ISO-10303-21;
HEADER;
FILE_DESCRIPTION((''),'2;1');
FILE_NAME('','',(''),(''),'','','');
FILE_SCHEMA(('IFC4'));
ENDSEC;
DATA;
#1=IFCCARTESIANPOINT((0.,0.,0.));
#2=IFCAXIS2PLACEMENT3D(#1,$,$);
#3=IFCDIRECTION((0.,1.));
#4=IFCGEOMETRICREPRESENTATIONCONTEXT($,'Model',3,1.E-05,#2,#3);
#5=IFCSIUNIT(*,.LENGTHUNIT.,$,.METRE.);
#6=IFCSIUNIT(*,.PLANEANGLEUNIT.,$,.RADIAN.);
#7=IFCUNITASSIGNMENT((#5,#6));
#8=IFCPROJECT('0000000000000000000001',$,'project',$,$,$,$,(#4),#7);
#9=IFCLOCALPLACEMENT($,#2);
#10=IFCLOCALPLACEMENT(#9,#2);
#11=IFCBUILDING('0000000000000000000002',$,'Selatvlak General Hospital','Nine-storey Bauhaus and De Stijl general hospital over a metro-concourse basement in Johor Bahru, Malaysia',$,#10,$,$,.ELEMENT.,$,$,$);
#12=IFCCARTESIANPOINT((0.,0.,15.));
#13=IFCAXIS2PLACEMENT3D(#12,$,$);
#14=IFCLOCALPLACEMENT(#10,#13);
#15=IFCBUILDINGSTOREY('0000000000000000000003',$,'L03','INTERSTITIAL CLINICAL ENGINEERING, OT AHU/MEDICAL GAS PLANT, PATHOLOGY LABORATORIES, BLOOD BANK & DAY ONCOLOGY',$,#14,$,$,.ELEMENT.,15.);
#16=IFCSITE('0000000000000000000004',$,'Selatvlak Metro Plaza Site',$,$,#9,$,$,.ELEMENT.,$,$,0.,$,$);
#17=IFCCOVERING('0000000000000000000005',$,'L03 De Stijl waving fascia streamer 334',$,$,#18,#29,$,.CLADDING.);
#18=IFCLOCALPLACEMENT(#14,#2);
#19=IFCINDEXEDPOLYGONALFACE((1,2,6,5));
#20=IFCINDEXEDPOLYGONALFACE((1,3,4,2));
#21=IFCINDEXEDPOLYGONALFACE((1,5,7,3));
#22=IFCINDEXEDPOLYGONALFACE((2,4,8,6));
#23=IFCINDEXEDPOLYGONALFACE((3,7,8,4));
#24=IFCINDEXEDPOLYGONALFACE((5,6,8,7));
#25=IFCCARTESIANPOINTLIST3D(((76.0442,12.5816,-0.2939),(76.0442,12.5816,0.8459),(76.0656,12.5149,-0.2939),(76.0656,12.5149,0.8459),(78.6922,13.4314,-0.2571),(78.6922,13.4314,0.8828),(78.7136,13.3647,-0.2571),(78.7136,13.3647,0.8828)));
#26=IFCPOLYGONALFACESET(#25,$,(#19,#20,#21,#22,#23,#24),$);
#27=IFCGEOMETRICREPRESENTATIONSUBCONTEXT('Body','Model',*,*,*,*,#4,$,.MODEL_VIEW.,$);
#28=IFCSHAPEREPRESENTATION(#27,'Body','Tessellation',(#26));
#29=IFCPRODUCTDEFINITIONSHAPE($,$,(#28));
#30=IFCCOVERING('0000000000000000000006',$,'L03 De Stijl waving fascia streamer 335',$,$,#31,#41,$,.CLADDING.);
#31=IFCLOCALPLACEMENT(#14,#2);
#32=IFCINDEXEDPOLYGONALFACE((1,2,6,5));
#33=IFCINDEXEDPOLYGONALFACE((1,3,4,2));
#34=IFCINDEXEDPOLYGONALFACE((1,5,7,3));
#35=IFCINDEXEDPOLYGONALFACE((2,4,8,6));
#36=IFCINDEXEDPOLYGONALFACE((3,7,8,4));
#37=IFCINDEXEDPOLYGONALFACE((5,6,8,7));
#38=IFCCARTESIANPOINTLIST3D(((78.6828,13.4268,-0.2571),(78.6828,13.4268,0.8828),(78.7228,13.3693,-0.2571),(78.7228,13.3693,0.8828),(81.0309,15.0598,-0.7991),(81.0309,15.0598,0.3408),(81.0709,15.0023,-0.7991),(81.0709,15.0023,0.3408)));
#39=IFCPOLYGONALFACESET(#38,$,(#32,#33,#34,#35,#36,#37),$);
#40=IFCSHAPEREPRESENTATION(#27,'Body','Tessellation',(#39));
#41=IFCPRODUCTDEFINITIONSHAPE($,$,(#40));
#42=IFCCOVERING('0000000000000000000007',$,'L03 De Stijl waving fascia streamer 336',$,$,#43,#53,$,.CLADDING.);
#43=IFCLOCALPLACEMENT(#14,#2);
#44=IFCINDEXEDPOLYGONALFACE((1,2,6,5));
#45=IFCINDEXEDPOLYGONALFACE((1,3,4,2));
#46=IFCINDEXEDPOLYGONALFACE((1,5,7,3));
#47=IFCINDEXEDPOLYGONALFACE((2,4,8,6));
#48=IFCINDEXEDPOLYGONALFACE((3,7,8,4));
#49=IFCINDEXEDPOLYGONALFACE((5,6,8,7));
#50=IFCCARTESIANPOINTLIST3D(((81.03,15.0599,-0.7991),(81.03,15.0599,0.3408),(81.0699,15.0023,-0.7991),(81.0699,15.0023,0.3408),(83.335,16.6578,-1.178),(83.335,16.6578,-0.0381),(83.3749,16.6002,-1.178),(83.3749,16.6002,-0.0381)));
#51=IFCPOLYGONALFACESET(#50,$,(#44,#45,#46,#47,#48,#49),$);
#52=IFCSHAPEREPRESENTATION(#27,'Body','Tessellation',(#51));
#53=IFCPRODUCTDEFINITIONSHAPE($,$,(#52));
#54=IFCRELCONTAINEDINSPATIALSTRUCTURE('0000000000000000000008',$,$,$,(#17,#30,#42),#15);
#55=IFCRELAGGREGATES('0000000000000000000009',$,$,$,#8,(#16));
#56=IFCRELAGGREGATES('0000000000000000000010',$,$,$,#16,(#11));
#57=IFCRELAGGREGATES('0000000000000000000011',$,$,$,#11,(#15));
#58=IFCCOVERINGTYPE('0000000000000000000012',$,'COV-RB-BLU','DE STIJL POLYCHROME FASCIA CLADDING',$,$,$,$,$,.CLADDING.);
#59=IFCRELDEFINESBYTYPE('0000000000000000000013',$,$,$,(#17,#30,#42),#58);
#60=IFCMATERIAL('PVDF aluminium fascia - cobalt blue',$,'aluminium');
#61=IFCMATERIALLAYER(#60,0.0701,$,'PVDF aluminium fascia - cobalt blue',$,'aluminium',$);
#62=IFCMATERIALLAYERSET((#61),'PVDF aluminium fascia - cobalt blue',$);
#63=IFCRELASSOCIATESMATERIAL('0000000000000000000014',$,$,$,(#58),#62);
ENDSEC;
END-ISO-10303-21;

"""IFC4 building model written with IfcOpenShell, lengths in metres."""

from ifc_helpers import new_model, si_unit, direction, frame, origin, place, context, subcontext, project, spatial, polyline, outline, extrude, material, layer, layer_set, type_object, element, save


model = new_model("IFC4")

# Units and contexts
model_context = context("Model", 3, precision=1e-05, world=origin(), true_north=direction((0.0, 1.0)))
body_context = subcontext(model_context, "Body", "Model", "MODEL_VIEW")
ifc_project = project(units=[si_unit("LENGTHUNIT", "METRE"), si_unit("PLANEANGLEUNIT", "RADIAN")], contexts=[model_context])

# Site, building, storey
site_placement = place(None, origin())
site = spatial("IfcSite", under=ifc_project, at=site_placement, Name="Selatvlak Metro Plaza Site", CompositionType="ELEMENT", RefElevation=0.0)
building_placement = place(site_placement, origin())
building = spatial("IfcBuilding", under=site, at=building_placement, Name="Selatvlak General Hospital", Description="Nine-storey Bauhaus and De Stijl general hospital over a metro-concourse basement in Johor Bahru, Malaysia", CompositionType="ELEMENT")
storey_placement = place(building_placement, frame((0.0, 0.0, 15.0)))
storey = spatial("IfcBuildingStorey", under=building, at=storey_placement, Name="L03", Description="INTERSTITIAL CLINICAL ENGINEERING, OT AHU/MEDICAL GAS PLANT, PATHOLOGY LABORATORIES, BLOOD BANK & DAY ONCOLOGY", CompositionType="ELEMENT", Elevation=15.0)

# Coverings
ifc_material_1 = material(Name="PVDF aluminium fascia - cobalt blue", Category="aluminium")
ifc_layer_1 = layer(ifc_material_1, 0.0701, Name="PVDF aluminium fascia - cobalt blue", Category="aluminium")
ifc_layer_set_1 = layer_set([ifc_layer_1], Name="PVDF aluminium fascia - cobalt blue")
covering_type = type_object("IfcCoveringType", Name="COV-RB-BLU", Description="DE STIJL POLYCHROME FASCIA CLADDING", PredefinedType="CLADDING", material=ifc_layer_set_1)
covering_1_placement = place(storey_placement, frame((76.0549, 12.5481, -0.2939), z_axis=(0.0, 0.0, 1.0), x_axis=(0.952162, 0.305594, 0.0)))
element("IfcCovering", 1, at=covering_1_placement, inside=storey, type_object=covering_type, Name="L03 De Stijl waving fascia streamer 334", PredefinedType="CLADDING", context=body_context, shape_type="SweptSolid", body=[
    extrude(outline(polyline([(0.0, 0.0), (2.781, 0.0369), (2.781, 1.1768), (0.0, 1.1399), (0.0, 0.0)])), frame((0.0, 0.0352, 0.0), z_axis=(0.0, -1.0, 0.0), x_axis=(1.0, 0.0, 0.0)), (0.0, 0.0, 1.0), 0.0701),
])
covering_2_placement = place(storey_placement, frame((78.7029, 13.3979, -0.2571), z_axis=(0.0, 0.0, 1.0), x_axis=(0.820977, 0.570962, 0.0)))
element("IfcCovering", 2, at=covering_2_placement, inside=storey, type_object=covering_type, Name="L03 De Stijl waving fascia streamer 335", PredefinedType="CLADDING", context=body_context, shape_type="SweptSolid", body=[
    extrude(outline(polyline([(0.0, 0.0), (2.8601, -0.542), (2.8601, 0.5979), (0.0, 1.1399), (0.0, 0.0)])), frame((0.0, 0.0352, 0.0), z_axis=(0.0, -1.0, 0.0), x_axis=(1.0, 0.0, 0.0)), (0.0, 0.0, 1.0), 0.0701),
])
covering_3_placement = place(storey_placement, frame((81.05, 15.031, -0.7991), z_axis=(0.0, 0.0, 1.0), x_axis=(0.821829, 0.569735, 0.0)))
element("IfcCovering", 3, at=covering_3_placement, inside=storey, type_object=covering_type, Name="L03 De Stijl waving fascia streamer 336", PredefinedType="CLADDING", context=body_context, shape_type="SweptSolid", body=[
    extrude(outline(polyline([(0.0, 0.0), (2.8047, -0.3789), (2.8047, 0.761), (0.0, 1.1399), (0.0, 0.0)])), frame((0.0, 0.0352, 0.0), z_axis=(0.0, -1.0, 0.0), x_axis=(1.0, 0.0, 0.0)), (0.0, 0.0, 1.0), 0.0701),
])

save(model, "model.ifc")
